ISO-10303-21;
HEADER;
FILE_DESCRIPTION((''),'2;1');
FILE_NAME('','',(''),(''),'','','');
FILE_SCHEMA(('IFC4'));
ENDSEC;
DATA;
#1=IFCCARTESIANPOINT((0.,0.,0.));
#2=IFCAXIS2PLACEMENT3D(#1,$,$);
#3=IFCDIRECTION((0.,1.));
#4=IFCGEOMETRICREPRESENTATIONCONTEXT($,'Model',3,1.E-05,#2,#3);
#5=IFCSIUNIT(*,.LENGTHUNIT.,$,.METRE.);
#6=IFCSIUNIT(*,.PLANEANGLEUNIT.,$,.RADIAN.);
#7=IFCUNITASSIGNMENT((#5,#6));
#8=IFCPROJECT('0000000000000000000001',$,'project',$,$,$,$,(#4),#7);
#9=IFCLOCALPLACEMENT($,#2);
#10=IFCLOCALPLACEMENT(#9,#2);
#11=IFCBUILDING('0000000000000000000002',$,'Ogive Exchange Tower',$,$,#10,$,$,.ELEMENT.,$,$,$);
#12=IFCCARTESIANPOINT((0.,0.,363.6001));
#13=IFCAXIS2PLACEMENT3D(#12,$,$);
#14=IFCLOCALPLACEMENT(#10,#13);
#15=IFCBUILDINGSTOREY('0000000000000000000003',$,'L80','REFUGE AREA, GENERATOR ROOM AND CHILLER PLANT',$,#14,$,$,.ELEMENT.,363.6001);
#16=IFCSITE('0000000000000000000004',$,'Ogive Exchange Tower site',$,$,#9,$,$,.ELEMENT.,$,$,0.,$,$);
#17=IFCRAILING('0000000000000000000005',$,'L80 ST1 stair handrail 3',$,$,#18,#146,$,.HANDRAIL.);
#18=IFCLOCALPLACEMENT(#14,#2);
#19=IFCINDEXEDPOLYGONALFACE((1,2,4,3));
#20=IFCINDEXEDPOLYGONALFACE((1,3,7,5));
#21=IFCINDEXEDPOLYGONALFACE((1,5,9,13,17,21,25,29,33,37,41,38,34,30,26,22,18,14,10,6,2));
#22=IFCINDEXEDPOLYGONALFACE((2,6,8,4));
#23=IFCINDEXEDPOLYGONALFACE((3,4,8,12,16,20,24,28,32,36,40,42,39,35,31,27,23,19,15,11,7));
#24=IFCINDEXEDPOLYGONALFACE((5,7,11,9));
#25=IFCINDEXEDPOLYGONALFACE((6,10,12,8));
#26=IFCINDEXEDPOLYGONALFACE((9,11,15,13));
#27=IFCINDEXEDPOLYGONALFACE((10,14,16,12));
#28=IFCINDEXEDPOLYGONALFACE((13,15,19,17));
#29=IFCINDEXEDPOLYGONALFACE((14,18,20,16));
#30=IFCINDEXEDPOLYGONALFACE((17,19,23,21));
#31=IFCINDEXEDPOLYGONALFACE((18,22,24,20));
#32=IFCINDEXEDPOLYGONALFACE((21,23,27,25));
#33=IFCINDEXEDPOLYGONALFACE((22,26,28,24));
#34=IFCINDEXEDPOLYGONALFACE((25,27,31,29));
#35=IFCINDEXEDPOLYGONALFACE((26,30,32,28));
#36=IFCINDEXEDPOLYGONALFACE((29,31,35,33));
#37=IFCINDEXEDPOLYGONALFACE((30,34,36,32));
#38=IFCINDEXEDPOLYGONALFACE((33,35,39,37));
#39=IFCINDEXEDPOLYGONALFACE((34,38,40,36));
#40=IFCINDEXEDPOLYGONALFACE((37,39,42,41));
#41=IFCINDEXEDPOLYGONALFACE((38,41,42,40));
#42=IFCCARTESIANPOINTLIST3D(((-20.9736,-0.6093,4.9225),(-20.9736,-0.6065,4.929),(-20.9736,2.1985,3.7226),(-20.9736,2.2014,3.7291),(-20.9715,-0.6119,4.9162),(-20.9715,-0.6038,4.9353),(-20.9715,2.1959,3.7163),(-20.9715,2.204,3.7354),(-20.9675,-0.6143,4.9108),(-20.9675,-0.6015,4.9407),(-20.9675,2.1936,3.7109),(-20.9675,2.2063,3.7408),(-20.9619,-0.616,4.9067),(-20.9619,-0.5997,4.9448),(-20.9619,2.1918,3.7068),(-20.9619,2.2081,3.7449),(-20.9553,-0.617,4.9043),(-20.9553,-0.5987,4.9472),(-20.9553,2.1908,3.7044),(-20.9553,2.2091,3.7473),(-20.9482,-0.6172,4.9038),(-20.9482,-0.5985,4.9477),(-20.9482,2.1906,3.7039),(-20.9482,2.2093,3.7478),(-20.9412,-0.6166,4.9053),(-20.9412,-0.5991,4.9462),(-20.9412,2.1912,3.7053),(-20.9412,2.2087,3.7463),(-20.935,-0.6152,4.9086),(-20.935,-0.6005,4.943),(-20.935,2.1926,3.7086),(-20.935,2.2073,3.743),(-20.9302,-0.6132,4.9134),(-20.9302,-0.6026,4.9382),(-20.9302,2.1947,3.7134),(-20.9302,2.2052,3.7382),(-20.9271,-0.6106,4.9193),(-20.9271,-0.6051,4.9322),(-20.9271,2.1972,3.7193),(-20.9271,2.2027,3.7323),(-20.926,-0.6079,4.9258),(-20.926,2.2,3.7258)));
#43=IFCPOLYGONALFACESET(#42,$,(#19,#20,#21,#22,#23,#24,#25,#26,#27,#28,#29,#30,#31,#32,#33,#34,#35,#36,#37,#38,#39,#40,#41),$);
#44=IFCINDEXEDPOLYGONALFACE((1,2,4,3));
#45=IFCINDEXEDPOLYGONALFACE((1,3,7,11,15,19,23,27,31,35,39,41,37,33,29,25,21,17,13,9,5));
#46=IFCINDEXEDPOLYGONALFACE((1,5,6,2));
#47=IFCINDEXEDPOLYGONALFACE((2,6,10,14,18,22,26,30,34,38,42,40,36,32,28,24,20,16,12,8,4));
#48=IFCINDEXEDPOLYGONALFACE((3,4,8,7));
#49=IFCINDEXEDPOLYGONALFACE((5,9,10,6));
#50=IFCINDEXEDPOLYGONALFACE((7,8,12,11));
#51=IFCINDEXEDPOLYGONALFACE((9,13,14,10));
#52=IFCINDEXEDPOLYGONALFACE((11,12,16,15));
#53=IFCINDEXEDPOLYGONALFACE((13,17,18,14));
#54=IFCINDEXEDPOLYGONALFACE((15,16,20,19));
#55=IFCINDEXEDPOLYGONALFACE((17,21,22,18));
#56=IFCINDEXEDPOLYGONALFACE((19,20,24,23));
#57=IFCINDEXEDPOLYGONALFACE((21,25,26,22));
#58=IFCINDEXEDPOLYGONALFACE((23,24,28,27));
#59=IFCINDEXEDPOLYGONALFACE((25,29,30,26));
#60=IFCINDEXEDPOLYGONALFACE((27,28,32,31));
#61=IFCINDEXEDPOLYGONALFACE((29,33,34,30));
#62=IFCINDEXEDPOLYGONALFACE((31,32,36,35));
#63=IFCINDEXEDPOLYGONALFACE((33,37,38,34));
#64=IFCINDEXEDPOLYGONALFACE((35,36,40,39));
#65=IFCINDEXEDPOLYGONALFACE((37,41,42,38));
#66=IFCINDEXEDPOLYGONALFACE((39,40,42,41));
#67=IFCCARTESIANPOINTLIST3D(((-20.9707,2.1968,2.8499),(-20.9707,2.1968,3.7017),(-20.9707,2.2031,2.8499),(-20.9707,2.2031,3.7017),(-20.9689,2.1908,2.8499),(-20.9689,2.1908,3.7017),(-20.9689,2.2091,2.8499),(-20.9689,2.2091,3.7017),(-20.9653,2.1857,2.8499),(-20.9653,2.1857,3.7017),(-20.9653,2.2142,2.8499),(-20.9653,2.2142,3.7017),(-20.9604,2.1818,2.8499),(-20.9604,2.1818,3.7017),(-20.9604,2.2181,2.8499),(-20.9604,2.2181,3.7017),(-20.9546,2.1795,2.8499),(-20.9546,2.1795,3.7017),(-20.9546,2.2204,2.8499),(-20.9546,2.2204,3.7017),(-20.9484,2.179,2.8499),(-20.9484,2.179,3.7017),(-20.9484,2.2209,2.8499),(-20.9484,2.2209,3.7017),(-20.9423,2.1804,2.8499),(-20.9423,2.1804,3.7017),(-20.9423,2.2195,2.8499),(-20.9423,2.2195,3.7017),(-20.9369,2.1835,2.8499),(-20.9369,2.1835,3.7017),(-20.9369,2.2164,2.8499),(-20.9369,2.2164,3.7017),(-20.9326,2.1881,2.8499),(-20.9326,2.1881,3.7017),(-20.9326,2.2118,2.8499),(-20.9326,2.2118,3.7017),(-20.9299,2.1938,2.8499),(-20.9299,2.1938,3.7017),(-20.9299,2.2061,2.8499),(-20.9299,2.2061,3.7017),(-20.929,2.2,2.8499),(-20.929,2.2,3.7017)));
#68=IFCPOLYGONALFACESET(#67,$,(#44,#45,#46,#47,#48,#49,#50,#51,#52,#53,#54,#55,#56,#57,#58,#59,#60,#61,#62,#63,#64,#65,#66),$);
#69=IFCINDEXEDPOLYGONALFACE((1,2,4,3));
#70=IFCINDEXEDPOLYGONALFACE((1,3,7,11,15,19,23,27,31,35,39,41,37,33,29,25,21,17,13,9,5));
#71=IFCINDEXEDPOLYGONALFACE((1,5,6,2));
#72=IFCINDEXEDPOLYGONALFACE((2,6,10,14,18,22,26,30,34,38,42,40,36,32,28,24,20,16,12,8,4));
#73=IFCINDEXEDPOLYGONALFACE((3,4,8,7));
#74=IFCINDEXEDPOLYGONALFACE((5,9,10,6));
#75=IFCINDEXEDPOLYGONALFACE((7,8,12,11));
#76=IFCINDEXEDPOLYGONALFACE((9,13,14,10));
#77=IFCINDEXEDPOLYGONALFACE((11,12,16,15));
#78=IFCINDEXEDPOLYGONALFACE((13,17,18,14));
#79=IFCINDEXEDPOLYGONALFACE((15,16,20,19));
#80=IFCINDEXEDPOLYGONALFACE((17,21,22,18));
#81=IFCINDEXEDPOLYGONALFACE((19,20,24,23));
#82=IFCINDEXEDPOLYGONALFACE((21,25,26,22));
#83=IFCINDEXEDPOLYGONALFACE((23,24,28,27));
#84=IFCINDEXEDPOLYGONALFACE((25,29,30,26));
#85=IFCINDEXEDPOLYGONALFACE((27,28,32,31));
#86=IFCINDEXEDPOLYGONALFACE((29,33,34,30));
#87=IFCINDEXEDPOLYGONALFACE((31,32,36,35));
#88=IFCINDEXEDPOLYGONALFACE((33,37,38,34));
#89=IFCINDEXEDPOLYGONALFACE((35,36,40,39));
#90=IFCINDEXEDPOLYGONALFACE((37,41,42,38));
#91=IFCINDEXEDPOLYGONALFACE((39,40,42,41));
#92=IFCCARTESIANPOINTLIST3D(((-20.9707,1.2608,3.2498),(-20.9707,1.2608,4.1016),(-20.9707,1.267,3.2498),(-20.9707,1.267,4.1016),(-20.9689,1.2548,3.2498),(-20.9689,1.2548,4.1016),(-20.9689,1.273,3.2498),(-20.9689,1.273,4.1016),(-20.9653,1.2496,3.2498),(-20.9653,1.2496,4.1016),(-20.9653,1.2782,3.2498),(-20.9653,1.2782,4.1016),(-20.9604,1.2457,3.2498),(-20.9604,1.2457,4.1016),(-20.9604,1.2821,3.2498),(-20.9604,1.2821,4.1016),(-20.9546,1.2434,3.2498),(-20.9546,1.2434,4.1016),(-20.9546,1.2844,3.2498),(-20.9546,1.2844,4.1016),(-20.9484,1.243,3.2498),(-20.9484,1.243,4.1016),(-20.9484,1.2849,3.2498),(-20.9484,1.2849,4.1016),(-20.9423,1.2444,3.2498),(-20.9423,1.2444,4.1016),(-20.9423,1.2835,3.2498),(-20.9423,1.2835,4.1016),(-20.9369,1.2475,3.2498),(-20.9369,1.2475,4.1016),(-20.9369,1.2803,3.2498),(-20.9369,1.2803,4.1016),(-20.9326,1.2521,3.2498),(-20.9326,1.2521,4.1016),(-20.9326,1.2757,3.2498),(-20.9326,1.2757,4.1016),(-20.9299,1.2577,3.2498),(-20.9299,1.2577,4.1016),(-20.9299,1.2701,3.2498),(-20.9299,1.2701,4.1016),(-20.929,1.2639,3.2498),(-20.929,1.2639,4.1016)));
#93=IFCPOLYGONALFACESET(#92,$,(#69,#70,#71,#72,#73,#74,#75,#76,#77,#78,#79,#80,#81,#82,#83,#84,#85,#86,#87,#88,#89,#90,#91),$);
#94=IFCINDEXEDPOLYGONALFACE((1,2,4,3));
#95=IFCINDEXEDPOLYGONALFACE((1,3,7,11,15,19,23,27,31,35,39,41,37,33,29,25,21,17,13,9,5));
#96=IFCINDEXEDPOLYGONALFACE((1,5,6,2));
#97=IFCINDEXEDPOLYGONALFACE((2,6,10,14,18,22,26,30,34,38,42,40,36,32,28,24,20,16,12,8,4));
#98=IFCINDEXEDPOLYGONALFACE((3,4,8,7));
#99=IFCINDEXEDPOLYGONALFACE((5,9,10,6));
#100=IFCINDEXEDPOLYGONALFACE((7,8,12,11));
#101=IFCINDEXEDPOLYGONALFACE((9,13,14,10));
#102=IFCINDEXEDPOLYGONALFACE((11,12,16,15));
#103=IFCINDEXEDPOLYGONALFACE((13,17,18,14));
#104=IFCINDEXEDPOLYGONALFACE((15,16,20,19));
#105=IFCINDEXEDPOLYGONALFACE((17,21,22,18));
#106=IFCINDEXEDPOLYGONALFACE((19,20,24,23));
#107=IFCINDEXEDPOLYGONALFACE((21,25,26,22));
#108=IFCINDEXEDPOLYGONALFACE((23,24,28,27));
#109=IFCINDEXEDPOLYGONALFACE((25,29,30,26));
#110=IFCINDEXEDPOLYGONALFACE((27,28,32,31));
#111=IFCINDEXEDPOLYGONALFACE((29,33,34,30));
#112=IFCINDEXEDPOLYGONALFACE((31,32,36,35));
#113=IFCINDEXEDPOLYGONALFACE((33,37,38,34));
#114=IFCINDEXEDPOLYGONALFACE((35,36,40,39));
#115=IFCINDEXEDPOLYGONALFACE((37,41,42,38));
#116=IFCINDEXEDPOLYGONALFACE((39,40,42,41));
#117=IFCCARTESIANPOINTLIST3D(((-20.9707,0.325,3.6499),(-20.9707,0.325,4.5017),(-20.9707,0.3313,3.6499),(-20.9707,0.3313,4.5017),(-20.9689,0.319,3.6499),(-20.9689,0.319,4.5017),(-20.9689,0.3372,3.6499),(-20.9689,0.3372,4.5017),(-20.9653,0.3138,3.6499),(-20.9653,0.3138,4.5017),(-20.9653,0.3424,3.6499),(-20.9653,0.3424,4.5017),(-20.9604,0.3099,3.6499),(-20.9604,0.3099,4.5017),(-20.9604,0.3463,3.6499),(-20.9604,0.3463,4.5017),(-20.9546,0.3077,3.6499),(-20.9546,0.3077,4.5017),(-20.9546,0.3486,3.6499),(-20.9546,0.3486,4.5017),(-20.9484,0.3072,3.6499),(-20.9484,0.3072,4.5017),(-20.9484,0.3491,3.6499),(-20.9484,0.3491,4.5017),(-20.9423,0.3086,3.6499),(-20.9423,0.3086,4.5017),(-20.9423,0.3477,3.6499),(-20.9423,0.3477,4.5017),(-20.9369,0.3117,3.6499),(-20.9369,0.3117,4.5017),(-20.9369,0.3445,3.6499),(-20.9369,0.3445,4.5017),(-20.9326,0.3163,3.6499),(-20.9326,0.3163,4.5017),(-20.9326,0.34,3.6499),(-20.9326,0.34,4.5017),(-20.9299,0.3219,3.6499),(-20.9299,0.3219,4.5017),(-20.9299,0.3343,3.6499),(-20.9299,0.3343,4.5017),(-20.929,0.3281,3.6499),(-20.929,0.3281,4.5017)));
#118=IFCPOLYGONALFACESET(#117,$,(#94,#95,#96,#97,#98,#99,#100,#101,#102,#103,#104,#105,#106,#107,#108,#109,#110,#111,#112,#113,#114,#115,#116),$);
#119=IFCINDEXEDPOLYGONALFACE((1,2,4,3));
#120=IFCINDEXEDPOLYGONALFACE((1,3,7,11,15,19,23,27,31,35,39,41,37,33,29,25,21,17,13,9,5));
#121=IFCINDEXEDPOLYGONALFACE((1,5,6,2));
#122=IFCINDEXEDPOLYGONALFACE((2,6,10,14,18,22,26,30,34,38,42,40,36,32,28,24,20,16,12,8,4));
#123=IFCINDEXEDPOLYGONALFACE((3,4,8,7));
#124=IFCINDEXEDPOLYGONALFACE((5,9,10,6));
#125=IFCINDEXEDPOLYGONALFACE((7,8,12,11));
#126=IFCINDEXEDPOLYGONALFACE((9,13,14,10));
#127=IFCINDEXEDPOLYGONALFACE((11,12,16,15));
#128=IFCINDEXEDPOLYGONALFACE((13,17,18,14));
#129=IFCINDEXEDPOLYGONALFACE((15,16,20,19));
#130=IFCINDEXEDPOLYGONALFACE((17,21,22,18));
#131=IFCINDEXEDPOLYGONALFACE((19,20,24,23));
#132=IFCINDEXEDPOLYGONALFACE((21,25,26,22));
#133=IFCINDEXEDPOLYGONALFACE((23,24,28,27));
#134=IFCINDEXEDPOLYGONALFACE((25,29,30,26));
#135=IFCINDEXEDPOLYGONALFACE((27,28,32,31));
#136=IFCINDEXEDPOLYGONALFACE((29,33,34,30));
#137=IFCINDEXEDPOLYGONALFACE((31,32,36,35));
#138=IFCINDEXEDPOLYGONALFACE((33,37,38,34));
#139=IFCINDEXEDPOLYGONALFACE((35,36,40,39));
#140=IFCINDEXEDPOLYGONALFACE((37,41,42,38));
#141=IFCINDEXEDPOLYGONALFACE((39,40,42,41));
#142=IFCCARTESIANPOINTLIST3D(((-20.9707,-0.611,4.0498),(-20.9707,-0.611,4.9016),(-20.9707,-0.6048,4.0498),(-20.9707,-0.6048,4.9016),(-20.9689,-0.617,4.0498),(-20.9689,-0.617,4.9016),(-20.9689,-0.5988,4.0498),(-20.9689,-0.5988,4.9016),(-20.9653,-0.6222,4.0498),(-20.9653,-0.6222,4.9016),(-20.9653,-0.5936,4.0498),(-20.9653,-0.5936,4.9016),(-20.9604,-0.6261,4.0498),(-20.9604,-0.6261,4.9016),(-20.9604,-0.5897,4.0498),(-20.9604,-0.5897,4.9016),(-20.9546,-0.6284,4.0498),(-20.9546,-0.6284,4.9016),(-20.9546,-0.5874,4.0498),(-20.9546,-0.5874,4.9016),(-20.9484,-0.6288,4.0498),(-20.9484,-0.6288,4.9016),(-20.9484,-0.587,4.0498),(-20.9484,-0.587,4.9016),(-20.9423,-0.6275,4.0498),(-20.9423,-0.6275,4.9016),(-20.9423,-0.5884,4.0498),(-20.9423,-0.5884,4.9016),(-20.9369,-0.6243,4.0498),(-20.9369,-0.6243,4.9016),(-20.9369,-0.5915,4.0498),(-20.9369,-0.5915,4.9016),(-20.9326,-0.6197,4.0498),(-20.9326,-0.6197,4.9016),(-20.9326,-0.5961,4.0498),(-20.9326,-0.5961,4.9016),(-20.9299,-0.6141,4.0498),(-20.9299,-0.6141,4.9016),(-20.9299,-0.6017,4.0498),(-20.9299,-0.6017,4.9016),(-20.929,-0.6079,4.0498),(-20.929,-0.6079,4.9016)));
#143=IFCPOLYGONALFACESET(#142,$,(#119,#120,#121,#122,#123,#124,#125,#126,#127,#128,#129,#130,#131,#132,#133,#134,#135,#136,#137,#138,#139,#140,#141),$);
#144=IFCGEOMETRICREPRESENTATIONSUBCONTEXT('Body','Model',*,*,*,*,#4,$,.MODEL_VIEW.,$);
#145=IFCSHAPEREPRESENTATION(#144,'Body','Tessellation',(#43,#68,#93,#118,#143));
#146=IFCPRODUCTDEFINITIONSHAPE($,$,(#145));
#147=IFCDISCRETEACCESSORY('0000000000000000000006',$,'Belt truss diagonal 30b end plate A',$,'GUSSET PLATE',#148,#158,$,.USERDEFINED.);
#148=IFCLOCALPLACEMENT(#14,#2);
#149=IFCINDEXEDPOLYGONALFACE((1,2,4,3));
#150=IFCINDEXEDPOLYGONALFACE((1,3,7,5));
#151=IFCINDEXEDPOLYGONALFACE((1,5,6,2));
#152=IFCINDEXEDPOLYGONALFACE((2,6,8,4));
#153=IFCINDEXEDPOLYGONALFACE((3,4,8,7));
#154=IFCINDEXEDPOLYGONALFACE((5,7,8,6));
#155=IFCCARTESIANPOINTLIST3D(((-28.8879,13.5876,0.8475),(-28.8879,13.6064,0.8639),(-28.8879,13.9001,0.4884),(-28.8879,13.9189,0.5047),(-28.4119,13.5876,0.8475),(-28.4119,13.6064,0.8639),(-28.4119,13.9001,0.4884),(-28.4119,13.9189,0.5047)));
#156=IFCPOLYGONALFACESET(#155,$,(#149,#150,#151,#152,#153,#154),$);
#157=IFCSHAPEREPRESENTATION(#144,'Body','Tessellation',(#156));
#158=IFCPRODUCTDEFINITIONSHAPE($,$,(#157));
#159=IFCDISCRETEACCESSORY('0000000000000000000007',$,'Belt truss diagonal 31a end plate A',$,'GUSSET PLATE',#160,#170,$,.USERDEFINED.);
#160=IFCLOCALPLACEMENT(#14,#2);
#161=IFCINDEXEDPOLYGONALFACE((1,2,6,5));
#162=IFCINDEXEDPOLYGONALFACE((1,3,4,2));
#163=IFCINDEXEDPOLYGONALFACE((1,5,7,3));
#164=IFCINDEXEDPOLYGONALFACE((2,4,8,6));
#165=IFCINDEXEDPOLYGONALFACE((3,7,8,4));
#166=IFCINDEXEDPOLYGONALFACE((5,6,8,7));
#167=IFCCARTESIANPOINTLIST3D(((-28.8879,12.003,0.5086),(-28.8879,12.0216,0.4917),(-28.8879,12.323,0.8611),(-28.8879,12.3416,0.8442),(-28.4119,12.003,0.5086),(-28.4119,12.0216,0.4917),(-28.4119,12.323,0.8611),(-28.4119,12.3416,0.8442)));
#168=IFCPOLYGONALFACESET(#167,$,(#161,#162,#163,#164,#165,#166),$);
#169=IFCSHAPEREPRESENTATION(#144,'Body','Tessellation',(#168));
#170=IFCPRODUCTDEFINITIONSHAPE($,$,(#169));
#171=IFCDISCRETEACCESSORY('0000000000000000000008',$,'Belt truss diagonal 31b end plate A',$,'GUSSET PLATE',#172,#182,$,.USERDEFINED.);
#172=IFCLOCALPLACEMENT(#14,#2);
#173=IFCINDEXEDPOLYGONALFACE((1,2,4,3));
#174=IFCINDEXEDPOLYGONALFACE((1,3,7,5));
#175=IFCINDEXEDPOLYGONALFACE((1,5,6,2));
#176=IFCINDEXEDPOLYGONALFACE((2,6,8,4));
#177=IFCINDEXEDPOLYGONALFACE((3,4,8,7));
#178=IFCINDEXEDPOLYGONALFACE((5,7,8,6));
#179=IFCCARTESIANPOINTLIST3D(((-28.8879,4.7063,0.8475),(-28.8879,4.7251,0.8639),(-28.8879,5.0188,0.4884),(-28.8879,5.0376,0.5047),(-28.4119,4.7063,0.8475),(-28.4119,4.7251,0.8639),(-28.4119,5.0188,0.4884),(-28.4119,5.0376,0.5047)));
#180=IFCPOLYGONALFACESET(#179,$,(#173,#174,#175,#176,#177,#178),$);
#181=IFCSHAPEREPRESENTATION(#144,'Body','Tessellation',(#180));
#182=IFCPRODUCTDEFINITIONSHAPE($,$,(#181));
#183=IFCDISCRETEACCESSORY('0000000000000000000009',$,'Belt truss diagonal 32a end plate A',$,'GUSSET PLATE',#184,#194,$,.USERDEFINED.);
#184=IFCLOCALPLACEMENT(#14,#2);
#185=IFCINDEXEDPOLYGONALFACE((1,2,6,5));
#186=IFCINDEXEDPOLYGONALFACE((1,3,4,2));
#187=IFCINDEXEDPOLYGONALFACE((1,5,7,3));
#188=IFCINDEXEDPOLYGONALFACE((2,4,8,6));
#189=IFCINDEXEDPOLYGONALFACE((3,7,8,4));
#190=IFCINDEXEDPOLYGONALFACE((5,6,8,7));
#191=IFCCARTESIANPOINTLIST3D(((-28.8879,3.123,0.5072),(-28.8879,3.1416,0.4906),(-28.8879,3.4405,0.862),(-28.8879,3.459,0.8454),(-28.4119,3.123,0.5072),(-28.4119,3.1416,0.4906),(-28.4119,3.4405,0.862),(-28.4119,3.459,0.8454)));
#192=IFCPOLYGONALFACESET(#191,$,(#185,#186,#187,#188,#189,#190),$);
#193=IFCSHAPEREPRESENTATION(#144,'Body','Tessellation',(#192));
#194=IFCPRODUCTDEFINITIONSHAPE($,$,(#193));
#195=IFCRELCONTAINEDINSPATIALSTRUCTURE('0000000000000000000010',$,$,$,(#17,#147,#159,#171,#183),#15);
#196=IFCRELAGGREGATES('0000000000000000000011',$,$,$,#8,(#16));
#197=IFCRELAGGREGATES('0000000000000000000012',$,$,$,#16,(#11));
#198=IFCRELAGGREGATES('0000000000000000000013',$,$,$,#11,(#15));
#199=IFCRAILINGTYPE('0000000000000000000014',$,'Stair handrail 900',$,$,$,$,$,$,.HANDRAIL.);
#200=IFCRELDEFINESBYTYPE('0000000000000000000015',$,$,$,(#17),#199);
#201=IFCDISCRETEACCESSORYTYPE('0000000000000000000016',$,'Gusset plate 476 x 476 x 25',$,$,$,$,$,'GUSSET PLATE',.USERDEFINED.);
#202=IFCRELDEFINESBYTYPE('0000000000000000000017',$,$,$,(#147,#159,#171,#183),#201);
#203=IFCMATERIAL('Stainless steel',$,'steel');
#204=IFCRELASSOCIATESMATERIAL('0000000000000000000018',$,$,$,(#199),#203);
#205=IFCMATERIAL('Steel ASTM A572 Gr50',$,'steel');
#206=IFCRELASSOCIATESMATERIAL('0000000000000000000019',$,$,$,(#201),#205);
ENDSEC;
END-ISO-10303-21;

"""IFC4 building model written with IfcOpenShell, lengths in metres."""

from ifc_helpers import new_model, si_unit, direction, frame, origin, origin_2d, place, context, subcontext, project, spatial, rectangle, circle, extrude, material, material_profile, profile_set, type_object, element, save


model = new_model("IFC4")

# Units and contexts
model_context = context("Model", 3, precision=1e-05, world=origin(), true_north=direction((0.0, 1.0)))
body_context = subcontext(model_context, "Body", "Model", "MODEL_VIEW")
ifc_project = project(units=[si_unit("LENGTHUNIT", "METRE"), si_unit("PLANEANGLEUNIT", "RADIAN")], contexts=[model_context])

# Site, building, storey
site_placement = place(None, origin())
site = spatial("IfcSite", under=ifc_project, at=site_placement, Name="Ogive Exchange Tower site", CompositionType="ELEMENT", RefElevation=0.0)
building_placement = place(site_placement, origin())
building = spatial("IfcBuilding", under=site, at=building_placement, Name="Ogive Exchange Tower", CompositionType="ELEMENT")
storey_placement = place(building_placement, frame((0.0, 0.0, 363.6001)))
storey = spatial("IfcBuildingStorey", under=building, at=storey_placement, Name="L80", Description="REFUGE AREA, GENERATOR ROOM AND CHILLER PLANT", CompositionType="ELEMENT", Elevation=363.6001)

# Railing
ifc_material_1 = material(Name="Stainless steel", Category="steel")
railing_type = type_object("IfcRailingType", Name="Stair handrail 900", PredefinedType="HANDRAIL", material=ifc_material_1)
for number, where, name in (
    (1, (-20.95, 2.2, 2.8499), "L80 ST1 stair handrail 3"),
):
    element("IfcRailing", number, at=place(storey_placement, frame(where)), inside=storey, type_object=railing_type, Name=name, PredefinedType="HANDRAIL", context=body_context, shape_type="SweptSolid", body=[
        extrude(circle(Radius=0.0239, at=origin_2d()), frame((0.0, 0.0, 0.876), z_axis=(0.0, -0.91955, 0.392973), x_axis=(1.0, 0.0, 0.0)), (0.0, 0.0, 1.0), 3.0535),
        extrude(circle(Radius=0.021, at=origin_2d()), origin(), (0.0, 0.0, 1.0), 0.8518),
        extrude(circle(Radius=0.021, at=origin_2d()), frame((0.0, -0.936, 0.3999)), (0.0, 0.0, 1.0), 0.8518),
        extrude(circle(Radius=0.021, at=origin_2d()), frame((0.0, -1.8718, 0.8)), (0.0, 0.0, 1.0), 0.8518),
        extrude(circle(Radius=0.021, at=origin_2d()), frame((0.0, -2.8079, 1.2)), (0.0, 0.0, 1.0), 0.8518),
    ])

# Discrete accessories
ifc_material_2 = material(Name="Steel ASTM A572 Gr50", Category="steel")
ifc_material_profile_1 = material_profile(ifc_material_2, rectangle(XDim=0.4761, YDim=0.4761, at=origin_2d()), Name="PL 476 x 476 x 25")
ifc_profile_set_1 = profile_set([ifc_material_profile_1], Name="Steel ASTM A572 Gr50")
discrete_accessory_type = type_object("IfcDiscreteAccessoryType", Name="Gusset plate 476 x 476 x 25", ElementType="GUSSET PLATE", PredefinedType="USERDEFINED", material=ifc_profile_set_1)
discrete_accessory_1_placement = place(storey_placement, frame((-28.6499, 13.7439, 0.668), z_axis=(0.0, 0.754395, 0.656421), x_axis=(-1.0, 0.0, 0.0)))
element("IfcDiscreteAccessory", 2, at=discrete_accessory_1_placement, inside=storey, type_object=discrete_accessory_type, Name="Belt truss diagonal 30b end plate A", ObjectType="GUSSET PLATE", PredefinedType="USERDEFINED", context=body_context, shape_type="SweptSolid", body=[
    extrude(rectangle(XDim=0.4761, YDim=0.4761, at=origin_2d()), origin(), (0.0, 0.0, 1.0), 0.0249),
])
discrete_accessory_2_placement = place(storey_placement, frame((-28.6499, 12.1816, 0.668), z_axis=(0.0, -0.740381, 0.672188), x_axis=(1.0, 0.0, 0.0)))
element("IfcDiscreteAccessory", 3, at=discrete_accessory_2_placement, inside=storey, type_object=discrete_accessory_type, Name="Belt truss diagonal 31a end plate A", ObjectType="GUSSET PLATE", PredefinedType="USERDEFINED", context=body_context, shape_type="SweptSolid", body=[
    extrude(rectangle(XDim=0.4761, YDim=0.4761, at=origin_2d()), origin(), (0.0, 0.0, 1.0), 0.0251),
])
for number, where, z_axis, x_axis, name in (
    (4, (-28.6499, 4.8625, 0.668), (0.0, 0.754395, 0.656421), (-1.0, 0.0, 0.0), "Belt truss diagonal 31b end plate A"),
    (5, (-28.6499, 3.3003, 0.668), (0.0, -0.745241, 0.666795), (1.0, 0.0, 0.0), "Belt truss diagonal 32a end plate A"),
):
    element("IfcDiscreteAccessory", number, at=place(storey_placement, frame(where, z_axis=z_axis, x_axis=x_axis)), inside=storey, type_object=discrete_accessory_type, Name=name, ObjectType="GUSSET PLATE", PredefinedType="USERDEFINED", context=body_context, shape_type="SweptSolid", body=[
        extrude(rectangle(XDim=0.4761, YDim=0.4761, at=origin_2d()), origin(), (0.0, 0.0, 1.0), 0.0249),
    ])

save(model, "model.ifc")
